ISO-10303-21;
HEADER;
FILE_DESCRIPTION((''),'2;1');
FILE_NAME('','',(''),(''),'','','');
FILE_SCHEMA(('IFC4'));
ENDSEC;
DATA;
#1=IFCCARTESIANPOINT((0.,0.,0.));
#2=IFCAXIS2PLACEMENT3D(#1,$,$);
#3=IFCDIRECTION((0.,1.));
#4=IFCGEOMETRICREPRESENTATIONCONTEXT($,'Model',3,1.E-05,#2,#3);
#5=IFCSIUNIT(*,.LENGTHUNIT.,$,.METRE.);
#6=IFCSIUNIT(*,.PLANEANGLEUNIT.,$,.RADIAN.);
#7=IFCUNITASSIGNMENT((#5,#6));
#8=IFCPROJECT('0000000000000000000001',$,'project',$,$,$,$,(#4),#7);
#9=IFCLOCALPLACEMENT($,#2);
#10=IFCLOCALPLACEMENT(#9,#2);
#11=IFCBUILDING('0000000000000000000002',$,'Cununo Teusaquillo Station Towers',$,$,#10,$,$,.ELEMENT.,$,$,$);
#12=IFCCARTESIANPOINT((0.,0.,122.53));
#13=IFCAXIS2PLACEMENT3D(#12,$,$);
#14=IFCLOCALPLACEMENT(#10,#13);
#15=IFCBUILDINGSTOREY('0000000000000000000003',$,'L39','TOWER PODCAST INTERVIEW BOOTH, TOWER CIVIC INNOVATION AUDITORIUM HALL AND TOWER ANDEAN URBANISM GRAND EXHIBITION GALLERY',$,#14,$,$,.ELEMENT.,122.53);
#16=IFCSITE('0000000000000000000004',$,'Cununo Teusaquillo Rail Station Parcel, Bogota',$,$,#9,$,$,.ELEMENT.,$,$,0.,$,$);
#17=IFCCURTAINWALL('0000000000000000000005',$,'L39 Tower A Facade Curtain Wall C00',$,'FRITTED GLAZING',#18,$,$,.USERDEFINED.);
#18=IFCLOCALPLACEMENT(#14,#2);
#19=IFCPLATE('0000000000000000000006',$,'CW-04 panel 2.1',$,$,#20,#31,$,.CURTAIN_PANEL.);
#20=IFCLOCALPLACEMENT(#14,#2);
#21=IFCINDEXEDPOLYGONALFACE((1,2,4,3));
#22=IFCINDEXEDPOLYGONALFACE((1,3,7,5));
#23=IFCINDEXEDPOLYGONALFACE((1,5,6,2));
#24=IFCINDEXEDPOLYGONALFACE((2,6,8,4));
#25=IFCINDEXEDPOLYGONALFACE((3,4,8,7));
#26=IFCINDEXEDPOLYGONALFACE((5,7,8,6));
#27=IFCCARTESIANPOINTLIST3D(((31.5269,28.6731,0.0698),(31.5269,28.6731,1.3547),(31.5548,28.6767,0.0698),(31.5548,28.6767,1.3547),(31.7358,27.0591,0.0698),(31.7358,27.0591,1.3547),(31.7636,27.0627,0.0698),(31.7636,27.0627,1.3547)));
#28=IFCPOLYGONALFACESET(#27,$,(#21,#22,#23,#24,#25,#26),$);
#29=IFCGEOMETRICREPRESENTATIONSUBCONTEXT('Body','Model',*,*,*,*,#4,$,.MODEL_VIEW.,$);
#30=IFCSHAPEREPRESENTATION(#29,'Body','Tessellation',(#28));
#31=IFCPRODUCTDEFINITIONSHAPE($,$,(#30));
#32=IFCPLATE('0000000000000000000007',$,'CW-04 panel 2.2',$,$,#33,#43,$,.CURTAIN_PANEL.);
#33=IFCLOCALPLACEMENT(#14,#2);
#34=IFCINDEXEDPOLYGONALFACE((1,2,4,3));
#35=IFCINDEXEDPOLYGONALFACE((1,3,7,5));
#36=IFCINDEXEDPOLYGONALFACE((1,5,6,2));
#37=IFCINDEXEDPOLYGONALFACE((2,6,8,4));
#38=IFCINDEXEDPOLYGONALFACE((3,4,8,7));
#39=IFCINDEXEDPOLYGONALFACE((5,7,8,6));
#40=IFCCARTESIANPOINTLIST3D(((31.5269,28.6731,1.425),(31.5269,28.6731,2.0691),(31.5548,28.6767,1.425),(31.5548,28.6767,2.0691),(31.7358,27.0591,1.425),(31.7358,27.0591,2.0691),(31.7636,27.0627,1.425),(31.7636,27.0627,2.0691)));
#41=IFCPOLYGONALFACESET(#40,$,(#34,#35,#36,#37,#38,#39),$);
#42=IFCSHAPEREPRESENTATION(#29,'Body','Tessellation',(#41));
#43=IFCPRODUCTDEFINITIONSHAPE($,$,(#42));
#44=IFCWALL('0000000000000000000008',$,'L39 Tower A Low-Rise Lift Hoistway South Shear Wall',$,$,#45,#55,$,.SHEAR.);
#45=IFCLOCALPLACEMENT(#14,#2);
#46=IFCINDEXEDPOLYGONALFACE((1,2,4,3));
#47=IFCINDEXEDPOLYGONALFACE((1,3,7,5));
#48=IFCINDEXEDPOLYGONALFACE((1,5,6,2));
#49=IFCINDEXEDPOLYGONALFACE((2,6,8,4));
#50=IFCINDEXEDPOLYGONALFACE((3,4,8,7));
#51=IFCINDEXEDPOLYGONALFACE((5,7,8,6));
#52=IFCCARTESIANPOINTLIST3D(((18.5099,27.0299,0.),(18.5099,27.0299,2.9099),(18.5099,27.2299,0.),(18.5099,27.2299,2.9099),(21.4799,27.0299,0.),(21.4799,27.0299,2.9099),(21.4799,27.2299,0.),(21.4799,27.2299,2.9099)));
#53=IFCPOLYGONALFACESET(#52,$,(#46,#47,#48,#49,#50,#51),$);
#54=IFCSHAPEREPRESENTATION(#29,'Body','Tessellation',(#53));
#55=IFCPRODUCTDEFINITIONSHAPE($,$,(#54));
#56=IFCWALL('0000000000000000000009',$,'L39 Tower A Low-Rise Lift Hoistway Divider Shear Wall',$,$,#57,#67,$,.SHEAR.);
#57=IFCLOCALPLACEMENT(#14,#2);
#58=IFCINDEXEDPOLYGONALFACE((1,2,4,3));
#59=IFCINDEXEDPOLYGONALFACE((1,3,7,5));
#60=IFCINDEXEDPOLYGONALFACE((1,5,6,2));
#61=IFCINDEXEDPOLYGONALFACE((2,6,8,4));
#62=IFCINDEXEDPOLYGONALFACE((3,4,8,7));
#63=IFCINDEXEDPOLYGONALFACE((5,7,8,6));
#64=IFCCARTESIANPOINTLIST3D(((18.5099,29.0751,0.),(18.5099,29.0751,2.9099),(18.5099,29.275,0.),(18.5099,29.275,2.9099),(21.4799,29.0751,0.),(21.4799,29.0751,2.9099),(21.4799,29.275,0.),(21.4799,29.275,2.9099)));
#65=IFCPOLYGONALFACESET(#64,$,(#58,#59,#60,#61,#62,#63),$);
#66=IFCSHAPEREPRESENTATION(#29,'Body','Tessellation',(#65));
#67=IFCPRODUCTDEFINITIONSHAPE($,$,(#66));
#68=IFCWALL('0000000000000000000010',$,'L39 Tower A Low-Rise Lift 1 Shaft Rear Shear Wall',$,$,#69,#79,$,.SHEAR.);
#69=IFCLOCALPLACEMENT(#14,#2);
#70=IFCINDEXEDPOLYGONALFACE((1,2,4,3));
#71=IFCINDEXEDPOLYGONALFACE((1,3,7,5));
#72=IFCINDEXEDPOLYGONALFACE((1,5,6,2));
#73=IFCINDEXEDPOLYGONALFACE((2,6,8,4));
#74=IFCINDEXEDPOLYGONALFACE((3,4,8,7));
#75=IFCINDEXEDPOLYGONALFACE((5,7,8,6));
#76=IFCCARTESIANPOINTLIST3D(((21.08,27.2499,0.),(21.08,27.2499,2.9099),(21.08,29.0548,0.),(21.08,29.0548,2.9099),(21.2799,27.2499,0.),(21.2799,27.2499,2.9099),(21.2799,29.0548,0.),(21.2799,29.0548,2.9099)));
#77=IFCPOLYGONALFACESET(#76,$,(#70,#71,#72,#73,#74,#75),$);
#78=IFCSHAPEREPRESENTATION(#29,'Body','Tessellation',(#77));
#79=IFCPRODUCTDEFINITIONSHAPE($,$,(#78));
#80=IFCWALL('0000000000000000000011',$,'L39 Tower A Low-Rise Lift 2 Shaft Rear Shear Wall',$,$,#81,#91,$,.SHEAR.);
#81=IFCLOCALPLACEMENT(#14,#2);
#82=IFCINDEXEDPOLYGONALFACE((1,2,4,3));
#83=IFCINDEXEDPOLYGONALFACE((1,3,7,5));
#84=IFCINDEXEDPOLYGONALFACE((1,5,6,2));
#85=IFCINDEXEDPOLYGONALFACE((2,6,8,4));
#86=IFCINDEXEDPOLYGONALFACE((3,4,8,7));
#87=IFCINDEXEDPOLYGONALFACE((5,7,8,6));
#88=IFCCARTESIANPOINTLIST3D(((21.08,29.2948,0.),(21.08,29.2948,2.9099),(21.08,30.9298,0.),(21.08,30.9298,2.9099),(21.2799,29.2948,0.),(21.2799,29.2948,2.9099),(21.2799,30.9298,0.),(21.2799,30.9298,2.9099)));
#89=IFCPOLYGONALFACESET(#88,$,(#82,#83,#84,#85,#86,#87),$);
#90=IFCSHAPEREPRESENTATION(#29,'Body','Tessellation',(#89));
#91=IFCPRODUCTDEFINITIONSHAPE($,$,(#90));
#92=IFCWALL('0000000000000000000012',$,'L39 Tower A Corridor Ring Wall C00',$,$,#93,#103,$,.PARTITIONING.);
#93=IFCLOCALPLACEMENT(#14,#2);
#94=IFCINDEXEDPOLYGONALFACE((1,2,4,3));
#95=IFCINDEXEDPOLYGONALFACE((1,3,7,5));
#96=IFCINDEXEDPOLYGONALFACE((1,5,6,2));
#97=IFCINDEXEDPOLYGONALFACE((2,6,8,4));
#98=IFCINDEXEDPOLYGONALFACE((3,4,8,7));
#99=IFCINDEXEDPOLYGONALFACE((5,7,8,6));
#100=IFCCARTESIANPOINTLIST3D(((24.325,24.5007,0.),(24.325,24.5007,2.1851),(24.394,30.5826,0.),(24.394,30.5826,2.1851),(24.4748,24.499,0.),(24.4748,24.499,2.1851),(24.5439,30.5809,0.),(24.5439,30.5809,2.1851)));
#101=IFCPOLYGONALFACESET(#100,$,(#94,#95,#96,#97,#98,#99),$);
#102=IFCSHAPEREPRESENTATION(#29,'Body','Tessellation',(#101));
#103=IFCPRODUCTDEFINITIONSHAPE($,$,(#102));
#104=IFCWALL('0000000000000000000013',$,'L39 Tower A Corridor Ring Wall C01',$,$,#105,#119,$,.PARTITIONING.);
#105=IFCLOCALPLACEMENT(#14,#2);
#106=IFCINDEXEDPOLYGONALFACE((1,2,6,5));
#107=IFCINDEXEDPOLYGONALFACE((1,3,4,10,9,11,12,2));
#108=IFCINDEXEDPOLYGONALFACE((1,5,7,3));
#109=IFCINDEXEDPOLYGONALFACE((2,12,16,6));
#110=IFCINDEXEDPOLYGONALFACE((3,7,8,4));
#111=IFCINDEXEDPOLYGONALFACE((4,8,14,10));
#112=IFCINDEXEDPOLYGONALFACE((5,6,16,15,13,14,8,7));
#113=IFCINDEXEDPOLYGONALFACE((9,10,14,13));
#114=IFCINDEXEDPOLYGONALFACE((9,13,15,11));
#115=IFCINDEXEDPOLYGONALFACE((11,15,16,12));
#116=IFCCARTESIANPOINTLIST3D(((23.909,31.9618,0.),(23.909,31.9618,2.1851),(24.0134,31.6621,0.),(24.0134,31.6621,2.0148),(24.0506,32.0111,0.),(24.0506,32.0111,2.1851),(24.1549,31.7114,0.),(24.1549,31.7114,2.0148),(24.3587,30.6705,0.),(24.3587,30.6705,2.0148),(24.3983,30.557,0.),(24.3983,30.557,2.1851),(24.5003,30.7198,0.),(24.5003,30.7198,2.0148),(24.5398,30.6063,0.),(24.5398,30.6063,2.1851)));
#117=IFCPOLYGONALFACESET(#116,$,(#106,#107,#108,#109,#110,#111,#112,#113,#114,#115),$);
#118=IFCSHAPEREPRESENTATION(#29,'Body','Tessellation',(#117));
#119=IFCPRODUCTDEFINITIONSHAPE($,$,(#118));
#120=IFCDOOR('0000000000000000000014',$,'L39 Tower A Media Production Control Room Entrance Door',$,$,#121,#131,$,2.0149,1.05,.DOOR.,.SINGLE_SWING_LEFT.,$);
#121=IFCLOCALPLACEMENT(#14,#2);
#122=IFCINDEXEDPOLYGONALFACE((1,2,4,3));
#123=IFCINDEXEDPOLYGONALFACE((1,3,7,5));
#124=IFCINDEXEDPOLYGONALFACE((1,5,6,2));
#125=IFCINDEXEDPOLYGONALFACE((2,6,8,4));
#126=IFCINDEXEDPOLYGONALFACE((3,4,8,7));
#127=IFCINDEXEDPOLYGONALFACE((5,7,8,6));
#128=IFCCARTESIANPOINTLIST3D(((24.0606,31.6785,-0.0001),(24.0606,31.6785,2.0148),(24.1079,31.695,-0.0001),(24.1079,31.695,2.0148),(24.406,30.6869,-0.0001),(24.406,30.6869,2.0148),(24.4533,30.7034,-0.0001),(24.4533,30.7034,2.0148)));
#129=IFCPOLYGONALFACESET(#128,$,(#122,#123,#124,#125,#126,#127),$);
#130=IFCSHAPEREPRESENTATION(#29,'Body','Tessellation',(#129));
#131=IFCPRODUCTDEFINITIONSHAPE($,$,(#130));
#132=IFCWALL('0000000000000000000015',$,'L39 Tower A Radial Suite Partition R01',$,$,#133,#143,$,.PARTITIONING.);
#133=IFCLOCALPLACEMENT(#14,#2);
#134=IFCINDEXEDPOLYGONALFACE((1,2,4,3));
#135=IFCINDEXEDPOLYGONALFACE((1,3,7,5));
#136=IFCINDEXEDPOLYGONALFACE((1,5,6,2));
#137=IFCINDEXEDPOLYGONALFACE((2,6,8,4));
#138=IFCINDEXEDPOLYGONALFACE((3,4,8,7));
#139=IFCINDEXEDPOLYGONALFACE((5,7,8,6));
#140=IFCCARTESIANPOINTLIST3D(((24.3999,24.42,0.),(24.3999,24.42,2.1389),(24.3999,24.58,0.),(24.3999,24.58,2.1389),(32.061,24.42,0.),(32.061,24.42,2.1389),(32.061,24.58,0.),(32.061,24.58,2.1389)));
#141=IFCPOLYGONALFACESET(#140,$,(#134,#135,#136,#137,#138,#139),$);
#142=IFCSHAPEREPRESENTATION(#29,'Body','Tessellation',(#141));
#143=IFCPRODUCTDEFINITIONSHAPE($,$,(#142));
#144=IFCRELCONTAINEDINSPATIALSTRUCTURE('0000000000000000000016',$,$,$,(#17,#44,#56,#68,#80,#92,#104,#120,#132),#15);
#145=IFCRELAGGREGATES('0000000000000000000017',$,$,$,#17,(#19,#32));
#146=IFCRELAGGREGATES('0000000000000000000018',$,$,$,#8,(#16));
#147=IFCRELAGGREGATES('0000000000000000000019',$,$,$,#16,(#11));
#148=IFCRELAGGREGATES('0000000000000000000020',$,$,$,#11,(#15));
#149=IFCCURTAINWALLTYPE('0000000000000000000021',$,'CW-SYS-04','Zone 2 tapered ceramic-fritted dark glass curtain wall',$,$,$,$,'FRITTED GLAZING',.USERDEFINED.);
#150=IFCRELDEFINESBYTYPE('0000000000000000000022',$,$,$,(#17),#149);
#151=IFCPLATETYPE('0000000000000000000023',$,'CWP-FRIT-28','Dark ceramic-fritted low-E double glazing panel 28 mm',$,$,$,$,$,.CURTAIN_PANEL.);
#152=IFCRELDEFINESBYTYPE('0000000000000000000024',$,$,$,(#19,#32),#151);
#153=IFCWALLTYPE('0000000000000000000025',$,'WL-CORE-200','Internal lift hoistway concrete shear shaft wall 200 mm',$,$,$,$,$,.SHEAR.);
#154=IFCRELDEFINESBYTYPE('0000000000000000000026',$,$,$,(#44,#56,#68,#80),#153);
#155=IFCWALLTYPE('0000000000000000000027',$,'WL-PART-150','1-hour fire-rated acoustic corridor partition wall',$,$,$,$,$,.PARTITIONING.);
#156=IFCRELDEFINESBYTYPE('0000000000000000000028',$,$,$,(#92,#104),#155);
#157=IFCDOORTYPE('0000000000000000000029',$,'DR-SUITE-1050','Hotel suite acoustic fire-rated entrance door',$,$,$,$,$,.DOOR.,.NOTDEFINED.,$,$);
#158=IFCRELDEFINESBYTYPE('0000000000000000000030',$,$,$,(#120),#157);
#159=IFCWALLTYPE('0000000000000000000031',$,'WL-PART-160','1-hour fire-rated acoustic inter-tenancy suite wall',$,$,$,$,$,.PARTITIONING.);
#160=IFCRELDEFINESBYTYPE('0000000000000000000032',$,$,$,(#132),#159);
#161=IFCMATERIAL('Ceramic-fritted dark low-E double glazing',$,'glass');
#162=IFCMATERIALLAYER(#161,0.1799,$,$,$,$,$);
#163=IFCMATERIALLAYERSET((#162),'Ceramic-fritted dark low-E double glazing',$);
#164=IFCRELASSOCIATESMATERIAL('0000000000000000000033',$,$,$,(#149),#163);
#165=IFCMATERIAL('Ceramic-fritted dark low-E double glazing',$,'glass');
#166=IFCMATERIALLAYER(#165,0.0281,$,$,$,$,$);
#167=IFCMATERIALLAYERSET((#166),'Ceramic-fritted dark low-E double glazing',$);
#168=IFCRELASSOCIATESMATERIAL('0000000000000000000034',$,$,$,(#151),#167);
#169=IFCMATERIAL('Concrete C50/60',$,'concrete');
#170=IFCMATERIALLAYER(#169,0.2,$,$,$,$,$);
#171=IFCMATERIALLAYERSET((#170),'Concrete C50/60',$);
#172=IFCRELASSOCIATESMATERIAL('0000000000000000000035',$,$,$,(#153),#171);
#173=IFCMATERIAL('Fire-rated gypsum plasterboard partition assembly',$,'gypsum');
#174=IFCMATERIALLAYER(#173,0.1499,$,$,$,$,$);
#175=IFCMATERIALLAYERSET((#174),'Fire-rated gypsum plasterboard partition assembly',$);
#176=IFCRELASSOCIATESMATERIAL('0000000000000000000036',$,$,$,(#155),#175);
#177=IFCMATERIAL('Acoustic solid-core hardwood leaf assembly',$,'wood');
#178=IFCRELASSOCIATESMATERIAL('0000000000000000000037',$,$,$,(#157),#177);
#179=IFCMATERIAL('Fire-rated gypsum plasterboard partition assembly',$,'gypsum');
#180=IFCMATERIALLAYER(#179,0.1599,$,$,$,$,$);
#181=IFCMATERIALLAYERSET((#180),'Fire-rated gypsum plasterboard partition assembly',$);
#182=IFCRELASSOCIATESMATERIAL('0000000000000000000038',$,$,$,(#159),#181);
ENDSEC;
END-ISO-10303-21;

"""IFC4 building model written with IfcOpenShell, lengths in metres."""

from ifc_helpers import new_model, si_unit, direction, frame, frame_2d, origin, origin_2d, place, context, subcontext, project, spatial, rectangle, extrude, source, transform, mapped, material, layer, layer_set, type_object, element, fill, aggregate, save


model = new_model("IFC4")

# Units and contexts
model_context = context("Model", 3, precision=1e-05, world=origin(), true_north=direction((0.0, 1.0)))
body_context = subcontext(model_context, "Body", "Model", "MODEL_VIEW")
ifc_project = project(units=[si_unit("LENGTHUNIT", "METRE"), si_unit("PLANEANGLEUNIT", "RADIAN")], contexts=[model_context])

# Site, building, storey
site_placement = place(None, origin())
site = spatial("IfcSite", under=ifc_project, at=site_placement, Name="Cununo Teusaquillo Rail Station Parcel, Bogota", CompositionType="ELEMENT", RefElevation=0.0)
building_placement = place(site_placement, origin())
building = spatial("IfcBuilding", under=site, at=building_placement, Name="Cununo Teusaquillo Station Towers", CompositionType="ELEMENT")
storey_placement = place(building_placement, frame((0.0, 0.0, 122.53)))
storey = spatial("IfcBuildingStorey", under=building, at=storey_placement, Name="L39", Description="TOWER PODCAST INTERVIEW BOOTH, TOWER CIVIC INNOVATION AUDITORIUM HALL AND TOWER ANDEAN URBANISM GRAND EXHIBITION GALLERY", CompositionType="ELEMENT", Elevation=122.53)

# Curtain wall, plates
ifc_material_1 = material(Name="Ceramic-fritted dark low-E double glazing", Category="glass")
ifc_layer_1 = layer(ifc_material_1, 0.1799)
ifc_layer_set_1 = layer_set([ifc_layer_1], Name="Ceramic-fritted dark low-E double glazing")
curtain_wall_type = type_object("IfcCurtainWallType", Name="CW-SYS-04", Description="Zone 2 tapered ceramic-fritted dark glass curtain wall", ElementType="FRITTED GLAZING", PredefinedType="USERDEFINED", material=ifc_layer_set_1)
curtain_wall_placement = place(storey_placement, origin())
curtain_wall = element("IfcCurtainWall", 1, at=curtain_wall_placement, inside=storey, type_object=curtain_wall_type, Name="L39 Tower A Facade Curtain Wall C00", ObjectType="FRITTED GLAZING", PredefinedType="USERDEFINED")
ifc_material_2 = material(Name="Ceramic-fritted dark low-E double glazing", Category="glass")
ifc_layer_2 = layer(ifc_material_2, 0.0281)
ifc_layer_set_2 = layer_set([ifc_layer_2], Name="Ceramic-fritted dark low-E double glazing")
plate_type = type_object("IfcPlateType", Name="CWP-FRIT-28", Description="Dark ceramic-fritted low-E double glazing panel 28 mm", PredefinedType="CURTAIN_PANEL", material=ifc_layer_set_2)
shared_shape_1 = source(origin(), body_context, "Body", "SweptSolid", [
    extrude(rectangle(XDim=1.6274, YDim=0.0281, at=origin_2d()), origin(), (0.0, 0.0, 1.0), 1.2849),
])
plate_1_placement = place(storey_placement, frame((31.6453, 27.8679, 0.0698), z_axis=(0.0, 0.0, 1.0), x_axis=(0.128336, -0.991731, 0.0)))
plate_1 = element("IfcPlate", 2, at=plate_1_placement, type_object=plate_type, Name="CW-04 panel 2.1", PredefinedType="CURTAIN_PANEL", context=body_context, shape_type="MappedRepresentation", body=[
    mapped(shared_shape_1, transform((0.0, 0.0, 0.0), x_axis=(1.0, 0.0, 0.0), y_axis=(0.0, 1.0, 0.0), z_axis=(0.0, 0.0, 1.0), scale=1.0)),
])
shared_shape_2 = source(origin(), body_context, "Body", "SweptSolid", [
    extrude(rectangle(XDim=1.6274, YDim=0.0281, at=origin_2d()), origin(), (0.0, 0.0, 1.0), 0.644),
])
plate_2_placement = place(storey_placement, frame((31.6453, 27.8679, 1.425), z_axis=(0.0, 0.0, 1.0), x_axis=(0.128336, -0.991731, 0.0)))
plate_2 = element("IfcPlate", 3, at=plate_2_placement, type_object=plate_type, Name="CW-04 panel 2.2", PredefinedType="CURTAIN_PANEL", context=body_context, shape_type="MappedRepresentation", body=[
    mapped(shared_shape_2, transform((0.0, 0.0, 0.0), x_axis=(1.0, 0.0, 0.0), y_axis=(0.0, 1.0, 0.0), z_axis=(0.0, 0.0, 1.0), scale=1.0)),
])
aggregate(curtain_wall, [plate_1, plate_2])

# Walls
ifc_material_3 = material(Name="Concrete C50/60", Category="concrete")
ifc_layer_3 = layer(ifc_material_3, 0.2)
ifc_layer_set_3 = layer_set([ifc_layer_3], Name="Concrete C50/60")
wall_type_1 = type_object("IfcWallType", Name="WL-CORE-200", Description="Internal lift hoistway concrete shear shaft wall 200 mm", PredefinedType="SHEAR", material=ifc_layer_set_3)
for number, where, z_axis, x_axis, name in (
    (4, (18.51, 27.1299, 0.0), (0.0, 0.0, 1.0), (1.0, 0.0, 0.0), "L39 Tower A Low-Rise Lift Hoistway South Shear Wall"),
    (5, (18.51, 29.175, 0.0), (0.0, 0.0, 1.0), (1.0, 0.0, 0.0), "L39 Tower A Low-Rise Lift Hoistway Divider Shear Wall"),
):
    element("IfcWall", number, at=place(storey_placement, frame(where, z_axis=z_axis, x_axis=x_axis)), inside=storey, type_object=wall_type_1, Name=name, PredefinedType="SHEAR", context=body_context, shape_type="SweptSolid", body=[
        extrude(rectangle(XDim=2.97, YDim=0.2, at=frame_2d((1.4849, 0.0))), origin(), (0.0, 0.0, 1.0), 2.9099),
    ])
wall_1_placement = place(storey_placement, frame((21.1799, 27.25, 0.0), z_axis=(0.0, 0.0, 1.0), x_axis=(0.0, 1.0, 0.0)))
element("IfcWall", 6, at=wall_1_placement, inside=storey, type_object=wall_type_1, Name="L39 Tower A Low-Rise Lift 1 Shaft Rear Shear Wall", PredefinedType="SHEAR", context=body_context, shape_type="SweptSolid", body=[
    extrude(rectangle(XDim=1.8049, YDim=0.2, at=frame_2d((0.9023, 0.0))), origin(), (0.0, 0.0, 1.0), 2.9099),
])
wall_2_placement = place(storey_placement, frame((21.1799, 29.2949, 0.0), z_axis=(0.0, 0.0, 1.0), x_axis=(0.0, 1.0, 0.0)))
element("IfcWall", 7, at=wall_2_placement, inside=storey, type_object=wall_type_1, Name="L39 Tower A Low-Rise Lift 2 Shaft Rear Shear Wall", PredefinedType="SHEAR", context=body_context, shape_type="SweptSolid", body=[
    extrude(rectangle(XDim=1.635, YDim=0.2, at=frame_2d((0.8174, 0.0))), origin(), (0.0, 0.0, 1.0), 2.9099),
])
ifc_material_4 = material(Name="Fire-rated gypsum plasterboard partition assembly", Category="gypsum")
ifc_layer_4 = layer(ifc_material_4, 0.1499)
ifc_layer_set_4 = layer_set([ifc_layer_4], Name="Fire-rated gypsum plasterboard partition assembly")
wall_type_2 = type_object("IfcWallType", Name="WL-PART-150", Description="1-hour fire-rated acoustic corridor partition wall", PredefinedType="PARTITIONING", material=ifc_layer_set_4)
wall_3_placement = place(storey_placement, frame((24.3999, 24.5, 0.0), z_axis=(0.0, 0.0, 1.0), x_axis=(0.01136, 0.999935, 0.0)))
element("IfcWall", 8, at=wall_3_placement, inside=storey, type_object=wall_type_2, Name="L39 Tower A Corridor Ring Wall C00", PredefinedType="PARTITIONING", context=body_context, shape_type="SweptSolid", body=[
    extrude(rectangle(XDim=6.0823, YDim=0.1499, at=frame_2d((3.041, 0.0))), origin(), (0.0, 0.0, 1.0), 2.1851),
])

# Wall, opening, door
wall_4_placement = place(storey_placement, frame((24.469, 30.5818, 0.0), z_axis=(0.0, 0.0, 1.0), x_axis=(-0.328903, 0.944364, 0.0)))
wall_4 = element("IfcWall", 9, at=wall_4_placement, inside=storey, type_object=wall_type_2, Name="L39 Tower A Corridor Ring Wall C01", PredefinedType="PARTITIONING", context=body_context, shape_type="SweptSolid", body=[
    extrude(rectangle(XDim=1.4875, YDim=0.1499, at=frame_2d((0.7437, 0.0))), origin(), (0.0, 0.0, 1.0), 2.1851),
])
shared_shape_3 = source(origin(), body_context, "Body", "SweptSolid", [
    extrude(rectangle(XDim=1.05, YDim=2.0149, at=frame_2d((0.5249, 1.0073))), frame((0.0, 0.085, 0.0), z_axis=(0.0, -1.0, 0.0), x_axis=(1.0, 0.0, 0.0)), (0.0, 0.0, 1.0), 0.1699),
])
opening_placement = place(wall_4_placement, frame((0.1201, 0.0, 0.0)))
opening = element("IfcOpeningElement", 10, at=opening_placement, cuts=wall_4, PredefinedType="OPENING", context=body_context, shape_type="MappedRepresentation", body=[
    mapped(shared_shape_3, transform((0.0, 0.0, 0.0), x_axis=(1.0, 0.0, 0.0), y_axis=(0.0, 1.0, 0.0), z_axis=(0.0, 0.0, 1.0), scale=1.0)),
])
ifc_material_5 = material(Name="Acoustic solid-core hardwood leaf assembly", Category="wood")
door_type = type_object("IfcDoorType", Name="DR-SUITE-1050", Description="Hotel suite acoustic fire-rated entrance door", OperationType="NOTDEFINED", PredefinedType="DOOR", material=ifc_material_5)
shared_shape_4 = source(origin(), body_context, "Body", "SweptSolid", [
    extrude(rectangle(XDim=1.05, YDim=2.0149, at=frame_2d((0.5249, 1.0073))), frame((0.0, 0.0249, 0.0), z_axis=(0.0, -1.0, 0.0), x_axis=(1.0, 0.0, 0.0)), (0.0, 0.0, 1.0), 0.05),
])
door_placement = place(opening_placement, origin())
door = element("IfcDoor", 11, at=door_placement, inside=storey, type_object=door_type, Name="L39 Tower A Media Production Control Room Entrance Door", OperationType="SINGLE_SWING_LEFT", OverallHeight=2.0149, OverallWidth=1.05, PredefinedType="DOOR", context=body_context, shape_type="MappedRepresentation", body=[
    mapped(shared_shape_4, transform((0.0, 0.0, 0.0), x_axis=(1.0, 0.0, 0.0), y_axis=(0.0, 1.0, 0.0), z_axis=(0.0, 0.0, 1.0), scale=1.0)),
])
fill(opening, door)

# Wall
ifc_material_6 = material(Name="Fire-rated gypsum plasterboard partition assembly", Category="gypsum")
ifc_layer_5 = layer(ifc_material_6, 0.1599)
ifc_layer_set_5 = layer_set([ifc_layer_5], Name="Fire-rated gypsum plasterboard partition assembly")
wall_type_3 = type_object("IfcWallType", Name="WL-PART-160", Description="1-hour fire-rated acoustic inter-tenancy suite wall", PredefinedType="PARTITIONING", material=ifc_layer_set_5)
wall_5_placement = place(storey_placement, frame((24.3999, 24.5, 0.0), z_axis=(0.0, 0.0, 1.0), x_axis=(1.0, 0.0, 0.0)))
element("IfcWall", 12, at=wall_5_placement, inside=storey, type_object=wall_type_3, Name="L39 Tower A Radial Suite Partition R01", PredefinedType="PARTITIONING", context=body_context, shape_type="SweptSolid", body=[
    extrude(rectangle(XDim=7.6611, YDim=0.1599, at=frame_2d((3.8306, 0.0))), origin(), (0.0, 0.0, 1.0), 2.1389),
])

save(model, "model.ifc")
